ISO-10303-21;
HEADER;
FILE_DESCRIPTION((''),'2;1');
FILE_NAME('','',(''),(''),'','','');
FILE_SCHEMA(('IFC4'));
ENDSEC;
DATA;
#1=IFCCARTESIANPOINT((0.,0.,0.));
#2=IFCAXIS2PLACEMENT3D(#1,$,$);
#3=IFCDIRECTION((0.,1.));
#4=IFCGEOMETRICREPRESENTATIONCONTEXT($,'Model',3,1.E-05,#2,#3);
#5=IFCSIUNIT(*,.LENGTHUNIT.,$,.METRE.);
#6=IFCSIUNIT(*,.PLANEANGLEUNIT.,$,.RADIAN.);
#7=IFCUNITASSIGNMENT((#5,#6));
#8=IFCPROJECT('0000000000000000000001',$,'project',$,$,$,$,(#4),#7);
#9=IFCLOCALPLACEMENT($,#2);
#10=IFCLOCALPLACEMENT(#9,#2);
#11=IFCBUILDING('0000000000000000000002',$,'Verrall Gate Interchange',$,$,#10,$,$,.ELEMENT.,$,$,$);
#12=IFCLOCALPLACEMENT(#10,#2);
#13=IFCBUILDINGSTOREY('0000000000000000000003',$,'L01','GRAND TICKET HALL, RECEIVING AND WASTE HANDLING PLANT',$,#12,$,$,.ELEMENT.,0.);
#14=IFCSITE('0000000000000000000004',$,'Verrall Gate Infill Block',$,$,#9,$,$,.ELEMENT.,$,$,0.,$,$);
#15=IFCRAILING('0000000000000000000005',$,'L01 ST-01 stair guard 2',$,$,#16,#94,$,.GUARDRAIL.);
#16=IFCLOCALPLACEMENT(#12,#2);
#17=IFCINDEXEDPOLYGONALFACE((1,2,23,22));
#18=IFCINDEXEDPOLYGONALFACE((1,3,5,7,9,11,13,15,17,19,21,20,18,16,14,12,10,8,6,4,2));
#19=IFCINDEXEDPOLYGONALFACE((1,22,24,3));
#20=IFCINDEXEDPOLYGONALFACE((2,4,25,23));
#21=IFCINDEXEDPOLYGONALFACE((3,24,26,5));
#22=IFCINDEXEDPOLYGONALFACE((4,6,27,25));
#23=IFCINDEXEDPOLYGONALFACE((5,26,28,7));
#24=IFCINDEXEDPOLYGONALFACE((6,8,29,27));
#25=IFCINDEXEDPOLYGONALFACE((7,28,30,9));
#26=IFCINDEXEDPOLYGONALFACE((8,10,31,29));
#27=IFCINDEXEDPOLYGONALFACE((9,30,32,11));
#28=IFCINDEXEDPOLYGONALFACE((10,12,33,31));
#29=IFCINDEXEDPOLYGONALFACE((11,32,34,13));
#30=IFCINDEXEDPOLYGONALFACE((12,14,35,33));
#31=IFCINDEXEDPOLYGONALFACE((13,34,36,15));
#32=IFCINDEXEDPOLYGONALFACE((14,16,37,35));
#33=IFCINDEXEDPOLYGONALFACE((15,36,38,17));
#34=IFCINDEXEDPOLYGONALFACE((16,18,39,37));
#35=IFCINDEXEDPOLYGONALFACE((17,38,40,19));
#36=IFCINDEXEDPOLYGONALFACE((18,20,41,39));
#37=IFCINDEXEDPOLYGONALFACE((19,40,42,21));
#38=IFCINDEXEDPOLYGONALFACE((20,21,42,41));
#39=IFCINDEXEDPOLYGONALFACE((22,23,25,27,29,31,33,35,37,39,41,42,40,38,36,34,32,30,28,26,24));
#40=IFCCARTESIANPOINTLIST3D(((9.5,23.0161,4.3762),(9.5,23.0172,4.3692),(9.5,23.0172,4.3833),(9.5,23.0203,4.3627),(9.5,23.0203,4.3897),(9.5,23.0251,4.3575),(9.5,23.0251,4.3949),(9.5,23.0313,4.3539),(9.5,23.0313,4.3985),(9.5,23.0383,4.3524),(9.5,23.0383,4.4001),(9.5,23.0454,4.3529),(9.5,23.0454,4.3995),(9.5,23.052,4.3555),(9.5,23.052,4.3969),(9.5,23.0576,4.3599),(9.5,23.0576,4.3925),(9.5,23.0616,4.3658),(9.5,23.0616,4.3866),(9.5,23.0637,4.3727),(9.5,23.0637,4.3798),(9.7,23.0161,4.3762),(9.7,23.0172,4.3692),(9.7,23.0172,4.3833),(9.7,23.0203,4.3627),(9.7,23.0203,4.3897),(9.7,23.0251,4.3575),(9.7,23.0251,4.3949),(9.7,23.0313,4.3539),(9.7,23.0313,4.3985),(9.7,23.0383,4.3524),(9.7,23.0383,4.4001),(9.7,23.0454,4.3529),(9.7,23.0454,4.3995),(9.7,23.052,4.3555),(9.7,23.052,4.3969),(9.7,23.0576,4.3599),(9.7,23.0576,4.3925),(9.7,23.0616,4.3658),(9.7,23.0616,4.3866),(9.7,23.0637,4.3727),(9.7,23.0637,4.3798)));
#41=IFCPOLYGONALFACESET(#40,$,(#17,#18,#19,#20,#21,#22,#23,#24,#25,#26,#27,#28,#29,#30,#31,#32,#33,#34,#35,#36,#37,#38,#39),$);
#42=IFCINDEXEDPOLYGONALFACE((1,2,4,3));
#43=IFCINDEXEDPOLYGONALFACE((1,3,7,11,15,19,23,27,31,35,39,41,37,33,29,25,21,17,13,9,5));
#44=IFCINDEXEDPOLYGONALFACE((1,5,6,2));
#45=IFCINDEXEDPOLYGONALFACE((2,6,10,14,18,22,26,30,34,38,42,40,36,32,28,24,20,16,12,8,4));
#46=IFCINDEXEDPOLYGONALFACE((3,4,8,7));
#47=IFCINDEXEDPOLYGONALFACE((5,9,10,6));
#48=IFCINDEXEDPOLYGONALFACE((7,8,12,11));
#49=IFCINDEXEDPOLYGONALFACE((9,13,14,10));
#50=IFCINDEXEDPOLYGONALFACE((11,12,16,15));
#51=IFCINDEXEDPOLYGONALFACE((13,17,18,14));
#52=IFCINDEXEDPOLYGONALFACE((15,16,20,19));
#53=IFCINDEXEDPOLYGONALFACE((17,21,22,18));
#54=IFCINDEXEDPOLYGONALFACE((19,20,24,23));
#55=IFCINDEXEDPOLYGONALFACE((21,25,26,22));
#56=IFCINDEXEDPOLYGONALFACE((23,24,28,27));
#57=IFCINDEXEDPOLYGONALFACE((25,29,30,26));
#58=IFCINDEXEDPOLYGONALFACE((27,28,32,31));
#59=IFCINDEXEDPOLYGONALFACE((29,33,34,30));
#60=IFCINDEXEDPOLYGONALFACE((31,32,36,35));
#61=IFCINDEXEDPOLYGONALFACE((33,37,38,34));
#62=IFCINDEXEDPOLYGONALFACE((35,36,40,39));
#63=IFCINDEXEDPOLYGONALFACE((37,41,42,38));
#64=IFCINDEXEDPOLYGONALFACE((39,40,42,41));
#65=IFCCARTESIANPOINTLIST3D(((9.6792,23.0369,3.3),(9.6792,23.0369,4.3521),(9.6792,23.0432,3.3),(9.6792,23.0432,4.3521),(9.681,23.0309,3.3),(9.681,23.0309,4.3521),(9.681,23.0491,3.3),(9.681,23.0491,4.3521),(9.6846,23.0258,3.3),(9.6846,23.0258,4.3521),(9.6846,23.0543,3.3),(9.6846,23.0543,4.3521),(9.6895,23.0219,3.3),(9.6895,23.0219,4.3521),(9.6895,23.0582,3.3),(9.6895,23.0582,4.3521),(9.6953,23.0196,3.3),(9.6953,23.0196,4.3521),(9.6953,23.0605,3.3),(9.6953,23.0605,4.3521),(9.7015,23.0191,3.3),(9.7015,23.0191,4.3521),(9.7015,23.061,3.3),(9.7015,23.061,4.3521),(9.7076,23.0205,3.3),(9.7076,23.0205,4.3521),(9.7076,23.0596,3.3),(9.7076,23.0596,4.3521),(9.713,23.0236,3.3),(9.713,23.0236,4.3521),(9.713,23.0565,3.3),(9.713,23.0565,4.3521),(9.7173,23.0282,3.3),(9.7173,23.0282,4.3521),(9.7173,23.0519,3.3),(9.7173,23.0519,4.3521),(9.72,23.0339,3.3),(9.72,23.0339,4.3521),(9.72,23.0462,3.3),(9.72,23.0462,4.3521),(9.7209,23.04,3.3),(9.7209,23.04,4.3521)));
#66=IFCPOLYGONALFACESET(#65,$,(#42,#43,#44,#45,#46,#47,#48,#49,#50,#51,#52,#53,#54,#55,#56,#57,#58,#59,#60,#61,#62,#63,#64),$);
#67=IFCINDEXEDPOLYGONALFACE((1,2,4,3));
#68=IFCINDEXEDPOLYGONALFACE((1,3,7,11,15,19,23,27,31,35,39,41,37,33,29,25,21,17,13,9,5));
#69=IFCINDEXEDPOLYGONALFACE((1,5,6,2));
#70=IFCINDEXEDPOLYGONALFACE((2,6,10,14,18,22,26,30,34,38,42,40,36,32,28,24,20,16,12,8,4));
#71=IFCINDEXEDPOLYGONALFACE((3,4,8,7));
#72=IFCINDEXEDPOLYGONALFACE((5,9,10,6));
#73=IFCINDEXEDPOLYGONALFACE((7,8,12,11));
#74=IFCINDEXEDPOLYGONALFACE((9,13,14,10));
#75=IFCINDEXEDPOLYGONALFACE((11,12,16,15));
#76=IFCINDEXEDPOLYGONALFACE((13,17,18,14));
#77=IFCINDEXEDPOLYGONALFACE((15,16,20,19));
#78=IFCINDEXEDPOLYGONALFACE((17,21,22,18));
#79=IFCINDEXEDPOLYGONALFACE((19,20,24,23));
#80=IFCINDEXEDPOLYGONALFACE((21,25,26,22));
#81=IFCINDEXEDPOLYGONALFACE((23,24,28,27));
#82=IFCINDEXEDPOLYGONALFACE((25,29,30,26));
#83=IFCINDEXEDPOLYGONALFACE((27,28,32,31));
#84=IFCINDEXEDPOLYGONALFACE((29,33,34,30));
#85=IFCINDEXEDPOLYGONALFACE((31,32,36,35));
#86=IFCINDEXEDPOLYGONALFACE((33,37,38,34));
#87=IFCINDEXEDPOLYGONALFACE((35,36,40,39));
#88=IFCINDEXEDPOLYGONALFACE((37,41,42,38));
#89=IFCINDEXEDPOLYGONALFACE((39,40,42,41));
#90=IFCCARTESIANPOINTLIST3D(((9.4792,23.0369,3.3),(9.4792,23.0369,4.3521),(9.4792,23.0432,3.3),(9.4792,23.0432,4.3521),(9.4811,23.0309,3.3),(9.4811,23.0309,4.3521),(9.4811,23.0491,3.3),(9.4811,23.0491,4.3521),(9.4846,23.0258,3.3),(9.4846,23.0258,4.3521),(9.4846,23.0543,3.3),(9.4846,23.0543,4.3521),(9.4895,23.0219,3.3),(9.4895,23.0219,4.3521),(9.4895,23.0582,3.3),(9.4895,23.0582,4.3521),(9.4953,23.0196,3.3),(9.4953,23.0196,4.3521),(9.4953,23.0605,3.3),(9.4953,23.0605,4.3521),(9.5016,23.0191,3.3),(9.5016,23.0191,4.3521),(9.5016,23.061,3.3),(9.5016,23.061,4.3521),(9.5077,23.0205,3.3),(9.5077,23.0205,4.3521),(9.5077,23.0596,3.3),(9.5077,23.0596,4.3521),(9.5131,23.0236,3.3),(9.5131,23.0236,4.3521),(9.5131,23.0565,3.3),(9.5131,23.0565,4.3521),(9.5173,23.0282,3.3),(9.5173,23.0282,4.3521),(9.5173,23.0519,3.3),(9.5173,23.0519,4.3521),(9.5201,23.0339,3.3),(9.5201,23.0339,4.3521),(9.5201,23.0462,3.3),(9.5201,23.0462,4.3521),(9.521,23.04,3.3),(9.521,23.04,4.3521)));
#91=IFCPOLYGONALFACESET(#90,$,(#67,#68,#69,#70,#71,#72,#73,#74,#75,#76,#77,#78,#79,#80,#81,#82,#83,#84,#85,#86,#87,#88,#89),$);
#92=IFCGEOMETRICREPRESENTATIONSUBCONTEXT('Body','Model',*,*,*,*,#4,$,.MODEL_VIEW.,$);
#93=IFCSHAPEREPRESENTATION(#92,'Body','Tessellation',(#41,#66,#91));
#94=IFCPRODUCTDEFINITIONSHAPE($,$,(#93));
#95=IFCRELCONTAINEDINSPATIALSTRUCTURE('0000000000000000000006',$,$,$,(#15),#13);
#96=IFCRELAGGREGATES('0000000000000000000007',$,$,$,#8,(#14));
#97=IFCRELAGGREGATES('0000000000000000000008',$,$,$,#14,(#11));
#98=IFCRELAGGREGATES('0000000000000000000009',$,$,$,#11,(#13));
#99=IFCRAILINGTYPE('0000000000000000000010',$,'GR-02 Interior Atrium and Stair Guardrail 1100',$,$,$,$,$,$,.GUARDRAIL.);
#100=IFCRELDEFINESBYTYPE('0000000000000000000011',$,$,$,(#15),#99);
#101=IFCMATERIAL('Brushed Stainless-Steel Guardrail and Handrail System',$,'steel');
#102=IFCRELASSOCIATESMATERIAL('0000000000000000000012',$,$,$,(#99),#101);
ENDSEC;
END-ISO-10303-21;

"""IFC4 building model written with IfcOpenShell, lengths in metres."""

from ifc_helpers import new_model, si_unit, direction, frame, origin, origin_2d, place, context, subcontext, project, spatial, circle, extrude, material, type_object, element, save


model = new_model("IFC4")

# Units and contexts
model_context = context("Model", 3, precision=1e-05, world=origin(), true_north=direction((0.0, 1.0)))
body_context = subcontext(model_context, "Body", "Model", "MODEL_VIEW")
ifc_project = project(units=[si_unit("LENGTHUNIT", "METRE"), si_unit("PLANEANGLEUNIT", "RADIAN")], contexts=[model_context])

# Site, building, storey
site_placement = place(None, origin())
site = spatial("IfcSite", under=ifc_project, at=site_placement, Name="Verrall Gate Infill Block", CompositionType="ELEMENT", RefElevation=0.0)
building_placement = place(site_placement, origin())
building = spatial("IfcBuilding", under=site, at=building_placement, Name="Verrall Gate Interchange", CompositionType="ELEMENT")
storey_placement = place(building_placement, origin())
storey = spatial("IfcBuildingStorey", under=building, at=storey_placement, Name="L01", Description="GRAND TICKET HALL, RECEIVING AND WASTE HANDLING PLANT", CompositionType="ELEMENT", Elevation=0.0)

# Railing
ifc_material_1 = material(Name="Brushed Stainless-Steel Guardrail and Handrail System", Category="steel")
railing_type_1 = type_object("IfcRailingType", Name="GR-02 Interior Atrium and Stair Guardrail 1100", PredefinedType="GUARDRAIL", material=ifc_material_1)
railing_1_placement = place(storey_placement, frame((9.7, 23.04, 3.3)))
element("IfcRailing", 1, at=railing_1_placement, inside=storey, type_object=railing_type_1, Name="L01 ST-01 stair guard 2", PredefinedType="GUARDRAIL", context=body_context, shape_type="SweptSolid", body=[
    extrude(circle(Radius=0.0239, at=origin_2d()), frame((0.0, 0.0, 1.0762), z_axis=(-1.0, 0.0, 0.0), x_axis=(0.0, -1.0, 0.0)), (0.0, 0.0, 1.0), 0.2),
    extrude(circle(Radius=0.021, at=origin_2d()), origin(), (0.0, 0.0, 1.0), 1.052),
    extrude(circle(Radius=0.021, at=origin_2d()), frame((-0.2, 0.0, 0.0)), (0.0, 0.0, 1.0), 1.052),
])

save(model, "model.ifc")
